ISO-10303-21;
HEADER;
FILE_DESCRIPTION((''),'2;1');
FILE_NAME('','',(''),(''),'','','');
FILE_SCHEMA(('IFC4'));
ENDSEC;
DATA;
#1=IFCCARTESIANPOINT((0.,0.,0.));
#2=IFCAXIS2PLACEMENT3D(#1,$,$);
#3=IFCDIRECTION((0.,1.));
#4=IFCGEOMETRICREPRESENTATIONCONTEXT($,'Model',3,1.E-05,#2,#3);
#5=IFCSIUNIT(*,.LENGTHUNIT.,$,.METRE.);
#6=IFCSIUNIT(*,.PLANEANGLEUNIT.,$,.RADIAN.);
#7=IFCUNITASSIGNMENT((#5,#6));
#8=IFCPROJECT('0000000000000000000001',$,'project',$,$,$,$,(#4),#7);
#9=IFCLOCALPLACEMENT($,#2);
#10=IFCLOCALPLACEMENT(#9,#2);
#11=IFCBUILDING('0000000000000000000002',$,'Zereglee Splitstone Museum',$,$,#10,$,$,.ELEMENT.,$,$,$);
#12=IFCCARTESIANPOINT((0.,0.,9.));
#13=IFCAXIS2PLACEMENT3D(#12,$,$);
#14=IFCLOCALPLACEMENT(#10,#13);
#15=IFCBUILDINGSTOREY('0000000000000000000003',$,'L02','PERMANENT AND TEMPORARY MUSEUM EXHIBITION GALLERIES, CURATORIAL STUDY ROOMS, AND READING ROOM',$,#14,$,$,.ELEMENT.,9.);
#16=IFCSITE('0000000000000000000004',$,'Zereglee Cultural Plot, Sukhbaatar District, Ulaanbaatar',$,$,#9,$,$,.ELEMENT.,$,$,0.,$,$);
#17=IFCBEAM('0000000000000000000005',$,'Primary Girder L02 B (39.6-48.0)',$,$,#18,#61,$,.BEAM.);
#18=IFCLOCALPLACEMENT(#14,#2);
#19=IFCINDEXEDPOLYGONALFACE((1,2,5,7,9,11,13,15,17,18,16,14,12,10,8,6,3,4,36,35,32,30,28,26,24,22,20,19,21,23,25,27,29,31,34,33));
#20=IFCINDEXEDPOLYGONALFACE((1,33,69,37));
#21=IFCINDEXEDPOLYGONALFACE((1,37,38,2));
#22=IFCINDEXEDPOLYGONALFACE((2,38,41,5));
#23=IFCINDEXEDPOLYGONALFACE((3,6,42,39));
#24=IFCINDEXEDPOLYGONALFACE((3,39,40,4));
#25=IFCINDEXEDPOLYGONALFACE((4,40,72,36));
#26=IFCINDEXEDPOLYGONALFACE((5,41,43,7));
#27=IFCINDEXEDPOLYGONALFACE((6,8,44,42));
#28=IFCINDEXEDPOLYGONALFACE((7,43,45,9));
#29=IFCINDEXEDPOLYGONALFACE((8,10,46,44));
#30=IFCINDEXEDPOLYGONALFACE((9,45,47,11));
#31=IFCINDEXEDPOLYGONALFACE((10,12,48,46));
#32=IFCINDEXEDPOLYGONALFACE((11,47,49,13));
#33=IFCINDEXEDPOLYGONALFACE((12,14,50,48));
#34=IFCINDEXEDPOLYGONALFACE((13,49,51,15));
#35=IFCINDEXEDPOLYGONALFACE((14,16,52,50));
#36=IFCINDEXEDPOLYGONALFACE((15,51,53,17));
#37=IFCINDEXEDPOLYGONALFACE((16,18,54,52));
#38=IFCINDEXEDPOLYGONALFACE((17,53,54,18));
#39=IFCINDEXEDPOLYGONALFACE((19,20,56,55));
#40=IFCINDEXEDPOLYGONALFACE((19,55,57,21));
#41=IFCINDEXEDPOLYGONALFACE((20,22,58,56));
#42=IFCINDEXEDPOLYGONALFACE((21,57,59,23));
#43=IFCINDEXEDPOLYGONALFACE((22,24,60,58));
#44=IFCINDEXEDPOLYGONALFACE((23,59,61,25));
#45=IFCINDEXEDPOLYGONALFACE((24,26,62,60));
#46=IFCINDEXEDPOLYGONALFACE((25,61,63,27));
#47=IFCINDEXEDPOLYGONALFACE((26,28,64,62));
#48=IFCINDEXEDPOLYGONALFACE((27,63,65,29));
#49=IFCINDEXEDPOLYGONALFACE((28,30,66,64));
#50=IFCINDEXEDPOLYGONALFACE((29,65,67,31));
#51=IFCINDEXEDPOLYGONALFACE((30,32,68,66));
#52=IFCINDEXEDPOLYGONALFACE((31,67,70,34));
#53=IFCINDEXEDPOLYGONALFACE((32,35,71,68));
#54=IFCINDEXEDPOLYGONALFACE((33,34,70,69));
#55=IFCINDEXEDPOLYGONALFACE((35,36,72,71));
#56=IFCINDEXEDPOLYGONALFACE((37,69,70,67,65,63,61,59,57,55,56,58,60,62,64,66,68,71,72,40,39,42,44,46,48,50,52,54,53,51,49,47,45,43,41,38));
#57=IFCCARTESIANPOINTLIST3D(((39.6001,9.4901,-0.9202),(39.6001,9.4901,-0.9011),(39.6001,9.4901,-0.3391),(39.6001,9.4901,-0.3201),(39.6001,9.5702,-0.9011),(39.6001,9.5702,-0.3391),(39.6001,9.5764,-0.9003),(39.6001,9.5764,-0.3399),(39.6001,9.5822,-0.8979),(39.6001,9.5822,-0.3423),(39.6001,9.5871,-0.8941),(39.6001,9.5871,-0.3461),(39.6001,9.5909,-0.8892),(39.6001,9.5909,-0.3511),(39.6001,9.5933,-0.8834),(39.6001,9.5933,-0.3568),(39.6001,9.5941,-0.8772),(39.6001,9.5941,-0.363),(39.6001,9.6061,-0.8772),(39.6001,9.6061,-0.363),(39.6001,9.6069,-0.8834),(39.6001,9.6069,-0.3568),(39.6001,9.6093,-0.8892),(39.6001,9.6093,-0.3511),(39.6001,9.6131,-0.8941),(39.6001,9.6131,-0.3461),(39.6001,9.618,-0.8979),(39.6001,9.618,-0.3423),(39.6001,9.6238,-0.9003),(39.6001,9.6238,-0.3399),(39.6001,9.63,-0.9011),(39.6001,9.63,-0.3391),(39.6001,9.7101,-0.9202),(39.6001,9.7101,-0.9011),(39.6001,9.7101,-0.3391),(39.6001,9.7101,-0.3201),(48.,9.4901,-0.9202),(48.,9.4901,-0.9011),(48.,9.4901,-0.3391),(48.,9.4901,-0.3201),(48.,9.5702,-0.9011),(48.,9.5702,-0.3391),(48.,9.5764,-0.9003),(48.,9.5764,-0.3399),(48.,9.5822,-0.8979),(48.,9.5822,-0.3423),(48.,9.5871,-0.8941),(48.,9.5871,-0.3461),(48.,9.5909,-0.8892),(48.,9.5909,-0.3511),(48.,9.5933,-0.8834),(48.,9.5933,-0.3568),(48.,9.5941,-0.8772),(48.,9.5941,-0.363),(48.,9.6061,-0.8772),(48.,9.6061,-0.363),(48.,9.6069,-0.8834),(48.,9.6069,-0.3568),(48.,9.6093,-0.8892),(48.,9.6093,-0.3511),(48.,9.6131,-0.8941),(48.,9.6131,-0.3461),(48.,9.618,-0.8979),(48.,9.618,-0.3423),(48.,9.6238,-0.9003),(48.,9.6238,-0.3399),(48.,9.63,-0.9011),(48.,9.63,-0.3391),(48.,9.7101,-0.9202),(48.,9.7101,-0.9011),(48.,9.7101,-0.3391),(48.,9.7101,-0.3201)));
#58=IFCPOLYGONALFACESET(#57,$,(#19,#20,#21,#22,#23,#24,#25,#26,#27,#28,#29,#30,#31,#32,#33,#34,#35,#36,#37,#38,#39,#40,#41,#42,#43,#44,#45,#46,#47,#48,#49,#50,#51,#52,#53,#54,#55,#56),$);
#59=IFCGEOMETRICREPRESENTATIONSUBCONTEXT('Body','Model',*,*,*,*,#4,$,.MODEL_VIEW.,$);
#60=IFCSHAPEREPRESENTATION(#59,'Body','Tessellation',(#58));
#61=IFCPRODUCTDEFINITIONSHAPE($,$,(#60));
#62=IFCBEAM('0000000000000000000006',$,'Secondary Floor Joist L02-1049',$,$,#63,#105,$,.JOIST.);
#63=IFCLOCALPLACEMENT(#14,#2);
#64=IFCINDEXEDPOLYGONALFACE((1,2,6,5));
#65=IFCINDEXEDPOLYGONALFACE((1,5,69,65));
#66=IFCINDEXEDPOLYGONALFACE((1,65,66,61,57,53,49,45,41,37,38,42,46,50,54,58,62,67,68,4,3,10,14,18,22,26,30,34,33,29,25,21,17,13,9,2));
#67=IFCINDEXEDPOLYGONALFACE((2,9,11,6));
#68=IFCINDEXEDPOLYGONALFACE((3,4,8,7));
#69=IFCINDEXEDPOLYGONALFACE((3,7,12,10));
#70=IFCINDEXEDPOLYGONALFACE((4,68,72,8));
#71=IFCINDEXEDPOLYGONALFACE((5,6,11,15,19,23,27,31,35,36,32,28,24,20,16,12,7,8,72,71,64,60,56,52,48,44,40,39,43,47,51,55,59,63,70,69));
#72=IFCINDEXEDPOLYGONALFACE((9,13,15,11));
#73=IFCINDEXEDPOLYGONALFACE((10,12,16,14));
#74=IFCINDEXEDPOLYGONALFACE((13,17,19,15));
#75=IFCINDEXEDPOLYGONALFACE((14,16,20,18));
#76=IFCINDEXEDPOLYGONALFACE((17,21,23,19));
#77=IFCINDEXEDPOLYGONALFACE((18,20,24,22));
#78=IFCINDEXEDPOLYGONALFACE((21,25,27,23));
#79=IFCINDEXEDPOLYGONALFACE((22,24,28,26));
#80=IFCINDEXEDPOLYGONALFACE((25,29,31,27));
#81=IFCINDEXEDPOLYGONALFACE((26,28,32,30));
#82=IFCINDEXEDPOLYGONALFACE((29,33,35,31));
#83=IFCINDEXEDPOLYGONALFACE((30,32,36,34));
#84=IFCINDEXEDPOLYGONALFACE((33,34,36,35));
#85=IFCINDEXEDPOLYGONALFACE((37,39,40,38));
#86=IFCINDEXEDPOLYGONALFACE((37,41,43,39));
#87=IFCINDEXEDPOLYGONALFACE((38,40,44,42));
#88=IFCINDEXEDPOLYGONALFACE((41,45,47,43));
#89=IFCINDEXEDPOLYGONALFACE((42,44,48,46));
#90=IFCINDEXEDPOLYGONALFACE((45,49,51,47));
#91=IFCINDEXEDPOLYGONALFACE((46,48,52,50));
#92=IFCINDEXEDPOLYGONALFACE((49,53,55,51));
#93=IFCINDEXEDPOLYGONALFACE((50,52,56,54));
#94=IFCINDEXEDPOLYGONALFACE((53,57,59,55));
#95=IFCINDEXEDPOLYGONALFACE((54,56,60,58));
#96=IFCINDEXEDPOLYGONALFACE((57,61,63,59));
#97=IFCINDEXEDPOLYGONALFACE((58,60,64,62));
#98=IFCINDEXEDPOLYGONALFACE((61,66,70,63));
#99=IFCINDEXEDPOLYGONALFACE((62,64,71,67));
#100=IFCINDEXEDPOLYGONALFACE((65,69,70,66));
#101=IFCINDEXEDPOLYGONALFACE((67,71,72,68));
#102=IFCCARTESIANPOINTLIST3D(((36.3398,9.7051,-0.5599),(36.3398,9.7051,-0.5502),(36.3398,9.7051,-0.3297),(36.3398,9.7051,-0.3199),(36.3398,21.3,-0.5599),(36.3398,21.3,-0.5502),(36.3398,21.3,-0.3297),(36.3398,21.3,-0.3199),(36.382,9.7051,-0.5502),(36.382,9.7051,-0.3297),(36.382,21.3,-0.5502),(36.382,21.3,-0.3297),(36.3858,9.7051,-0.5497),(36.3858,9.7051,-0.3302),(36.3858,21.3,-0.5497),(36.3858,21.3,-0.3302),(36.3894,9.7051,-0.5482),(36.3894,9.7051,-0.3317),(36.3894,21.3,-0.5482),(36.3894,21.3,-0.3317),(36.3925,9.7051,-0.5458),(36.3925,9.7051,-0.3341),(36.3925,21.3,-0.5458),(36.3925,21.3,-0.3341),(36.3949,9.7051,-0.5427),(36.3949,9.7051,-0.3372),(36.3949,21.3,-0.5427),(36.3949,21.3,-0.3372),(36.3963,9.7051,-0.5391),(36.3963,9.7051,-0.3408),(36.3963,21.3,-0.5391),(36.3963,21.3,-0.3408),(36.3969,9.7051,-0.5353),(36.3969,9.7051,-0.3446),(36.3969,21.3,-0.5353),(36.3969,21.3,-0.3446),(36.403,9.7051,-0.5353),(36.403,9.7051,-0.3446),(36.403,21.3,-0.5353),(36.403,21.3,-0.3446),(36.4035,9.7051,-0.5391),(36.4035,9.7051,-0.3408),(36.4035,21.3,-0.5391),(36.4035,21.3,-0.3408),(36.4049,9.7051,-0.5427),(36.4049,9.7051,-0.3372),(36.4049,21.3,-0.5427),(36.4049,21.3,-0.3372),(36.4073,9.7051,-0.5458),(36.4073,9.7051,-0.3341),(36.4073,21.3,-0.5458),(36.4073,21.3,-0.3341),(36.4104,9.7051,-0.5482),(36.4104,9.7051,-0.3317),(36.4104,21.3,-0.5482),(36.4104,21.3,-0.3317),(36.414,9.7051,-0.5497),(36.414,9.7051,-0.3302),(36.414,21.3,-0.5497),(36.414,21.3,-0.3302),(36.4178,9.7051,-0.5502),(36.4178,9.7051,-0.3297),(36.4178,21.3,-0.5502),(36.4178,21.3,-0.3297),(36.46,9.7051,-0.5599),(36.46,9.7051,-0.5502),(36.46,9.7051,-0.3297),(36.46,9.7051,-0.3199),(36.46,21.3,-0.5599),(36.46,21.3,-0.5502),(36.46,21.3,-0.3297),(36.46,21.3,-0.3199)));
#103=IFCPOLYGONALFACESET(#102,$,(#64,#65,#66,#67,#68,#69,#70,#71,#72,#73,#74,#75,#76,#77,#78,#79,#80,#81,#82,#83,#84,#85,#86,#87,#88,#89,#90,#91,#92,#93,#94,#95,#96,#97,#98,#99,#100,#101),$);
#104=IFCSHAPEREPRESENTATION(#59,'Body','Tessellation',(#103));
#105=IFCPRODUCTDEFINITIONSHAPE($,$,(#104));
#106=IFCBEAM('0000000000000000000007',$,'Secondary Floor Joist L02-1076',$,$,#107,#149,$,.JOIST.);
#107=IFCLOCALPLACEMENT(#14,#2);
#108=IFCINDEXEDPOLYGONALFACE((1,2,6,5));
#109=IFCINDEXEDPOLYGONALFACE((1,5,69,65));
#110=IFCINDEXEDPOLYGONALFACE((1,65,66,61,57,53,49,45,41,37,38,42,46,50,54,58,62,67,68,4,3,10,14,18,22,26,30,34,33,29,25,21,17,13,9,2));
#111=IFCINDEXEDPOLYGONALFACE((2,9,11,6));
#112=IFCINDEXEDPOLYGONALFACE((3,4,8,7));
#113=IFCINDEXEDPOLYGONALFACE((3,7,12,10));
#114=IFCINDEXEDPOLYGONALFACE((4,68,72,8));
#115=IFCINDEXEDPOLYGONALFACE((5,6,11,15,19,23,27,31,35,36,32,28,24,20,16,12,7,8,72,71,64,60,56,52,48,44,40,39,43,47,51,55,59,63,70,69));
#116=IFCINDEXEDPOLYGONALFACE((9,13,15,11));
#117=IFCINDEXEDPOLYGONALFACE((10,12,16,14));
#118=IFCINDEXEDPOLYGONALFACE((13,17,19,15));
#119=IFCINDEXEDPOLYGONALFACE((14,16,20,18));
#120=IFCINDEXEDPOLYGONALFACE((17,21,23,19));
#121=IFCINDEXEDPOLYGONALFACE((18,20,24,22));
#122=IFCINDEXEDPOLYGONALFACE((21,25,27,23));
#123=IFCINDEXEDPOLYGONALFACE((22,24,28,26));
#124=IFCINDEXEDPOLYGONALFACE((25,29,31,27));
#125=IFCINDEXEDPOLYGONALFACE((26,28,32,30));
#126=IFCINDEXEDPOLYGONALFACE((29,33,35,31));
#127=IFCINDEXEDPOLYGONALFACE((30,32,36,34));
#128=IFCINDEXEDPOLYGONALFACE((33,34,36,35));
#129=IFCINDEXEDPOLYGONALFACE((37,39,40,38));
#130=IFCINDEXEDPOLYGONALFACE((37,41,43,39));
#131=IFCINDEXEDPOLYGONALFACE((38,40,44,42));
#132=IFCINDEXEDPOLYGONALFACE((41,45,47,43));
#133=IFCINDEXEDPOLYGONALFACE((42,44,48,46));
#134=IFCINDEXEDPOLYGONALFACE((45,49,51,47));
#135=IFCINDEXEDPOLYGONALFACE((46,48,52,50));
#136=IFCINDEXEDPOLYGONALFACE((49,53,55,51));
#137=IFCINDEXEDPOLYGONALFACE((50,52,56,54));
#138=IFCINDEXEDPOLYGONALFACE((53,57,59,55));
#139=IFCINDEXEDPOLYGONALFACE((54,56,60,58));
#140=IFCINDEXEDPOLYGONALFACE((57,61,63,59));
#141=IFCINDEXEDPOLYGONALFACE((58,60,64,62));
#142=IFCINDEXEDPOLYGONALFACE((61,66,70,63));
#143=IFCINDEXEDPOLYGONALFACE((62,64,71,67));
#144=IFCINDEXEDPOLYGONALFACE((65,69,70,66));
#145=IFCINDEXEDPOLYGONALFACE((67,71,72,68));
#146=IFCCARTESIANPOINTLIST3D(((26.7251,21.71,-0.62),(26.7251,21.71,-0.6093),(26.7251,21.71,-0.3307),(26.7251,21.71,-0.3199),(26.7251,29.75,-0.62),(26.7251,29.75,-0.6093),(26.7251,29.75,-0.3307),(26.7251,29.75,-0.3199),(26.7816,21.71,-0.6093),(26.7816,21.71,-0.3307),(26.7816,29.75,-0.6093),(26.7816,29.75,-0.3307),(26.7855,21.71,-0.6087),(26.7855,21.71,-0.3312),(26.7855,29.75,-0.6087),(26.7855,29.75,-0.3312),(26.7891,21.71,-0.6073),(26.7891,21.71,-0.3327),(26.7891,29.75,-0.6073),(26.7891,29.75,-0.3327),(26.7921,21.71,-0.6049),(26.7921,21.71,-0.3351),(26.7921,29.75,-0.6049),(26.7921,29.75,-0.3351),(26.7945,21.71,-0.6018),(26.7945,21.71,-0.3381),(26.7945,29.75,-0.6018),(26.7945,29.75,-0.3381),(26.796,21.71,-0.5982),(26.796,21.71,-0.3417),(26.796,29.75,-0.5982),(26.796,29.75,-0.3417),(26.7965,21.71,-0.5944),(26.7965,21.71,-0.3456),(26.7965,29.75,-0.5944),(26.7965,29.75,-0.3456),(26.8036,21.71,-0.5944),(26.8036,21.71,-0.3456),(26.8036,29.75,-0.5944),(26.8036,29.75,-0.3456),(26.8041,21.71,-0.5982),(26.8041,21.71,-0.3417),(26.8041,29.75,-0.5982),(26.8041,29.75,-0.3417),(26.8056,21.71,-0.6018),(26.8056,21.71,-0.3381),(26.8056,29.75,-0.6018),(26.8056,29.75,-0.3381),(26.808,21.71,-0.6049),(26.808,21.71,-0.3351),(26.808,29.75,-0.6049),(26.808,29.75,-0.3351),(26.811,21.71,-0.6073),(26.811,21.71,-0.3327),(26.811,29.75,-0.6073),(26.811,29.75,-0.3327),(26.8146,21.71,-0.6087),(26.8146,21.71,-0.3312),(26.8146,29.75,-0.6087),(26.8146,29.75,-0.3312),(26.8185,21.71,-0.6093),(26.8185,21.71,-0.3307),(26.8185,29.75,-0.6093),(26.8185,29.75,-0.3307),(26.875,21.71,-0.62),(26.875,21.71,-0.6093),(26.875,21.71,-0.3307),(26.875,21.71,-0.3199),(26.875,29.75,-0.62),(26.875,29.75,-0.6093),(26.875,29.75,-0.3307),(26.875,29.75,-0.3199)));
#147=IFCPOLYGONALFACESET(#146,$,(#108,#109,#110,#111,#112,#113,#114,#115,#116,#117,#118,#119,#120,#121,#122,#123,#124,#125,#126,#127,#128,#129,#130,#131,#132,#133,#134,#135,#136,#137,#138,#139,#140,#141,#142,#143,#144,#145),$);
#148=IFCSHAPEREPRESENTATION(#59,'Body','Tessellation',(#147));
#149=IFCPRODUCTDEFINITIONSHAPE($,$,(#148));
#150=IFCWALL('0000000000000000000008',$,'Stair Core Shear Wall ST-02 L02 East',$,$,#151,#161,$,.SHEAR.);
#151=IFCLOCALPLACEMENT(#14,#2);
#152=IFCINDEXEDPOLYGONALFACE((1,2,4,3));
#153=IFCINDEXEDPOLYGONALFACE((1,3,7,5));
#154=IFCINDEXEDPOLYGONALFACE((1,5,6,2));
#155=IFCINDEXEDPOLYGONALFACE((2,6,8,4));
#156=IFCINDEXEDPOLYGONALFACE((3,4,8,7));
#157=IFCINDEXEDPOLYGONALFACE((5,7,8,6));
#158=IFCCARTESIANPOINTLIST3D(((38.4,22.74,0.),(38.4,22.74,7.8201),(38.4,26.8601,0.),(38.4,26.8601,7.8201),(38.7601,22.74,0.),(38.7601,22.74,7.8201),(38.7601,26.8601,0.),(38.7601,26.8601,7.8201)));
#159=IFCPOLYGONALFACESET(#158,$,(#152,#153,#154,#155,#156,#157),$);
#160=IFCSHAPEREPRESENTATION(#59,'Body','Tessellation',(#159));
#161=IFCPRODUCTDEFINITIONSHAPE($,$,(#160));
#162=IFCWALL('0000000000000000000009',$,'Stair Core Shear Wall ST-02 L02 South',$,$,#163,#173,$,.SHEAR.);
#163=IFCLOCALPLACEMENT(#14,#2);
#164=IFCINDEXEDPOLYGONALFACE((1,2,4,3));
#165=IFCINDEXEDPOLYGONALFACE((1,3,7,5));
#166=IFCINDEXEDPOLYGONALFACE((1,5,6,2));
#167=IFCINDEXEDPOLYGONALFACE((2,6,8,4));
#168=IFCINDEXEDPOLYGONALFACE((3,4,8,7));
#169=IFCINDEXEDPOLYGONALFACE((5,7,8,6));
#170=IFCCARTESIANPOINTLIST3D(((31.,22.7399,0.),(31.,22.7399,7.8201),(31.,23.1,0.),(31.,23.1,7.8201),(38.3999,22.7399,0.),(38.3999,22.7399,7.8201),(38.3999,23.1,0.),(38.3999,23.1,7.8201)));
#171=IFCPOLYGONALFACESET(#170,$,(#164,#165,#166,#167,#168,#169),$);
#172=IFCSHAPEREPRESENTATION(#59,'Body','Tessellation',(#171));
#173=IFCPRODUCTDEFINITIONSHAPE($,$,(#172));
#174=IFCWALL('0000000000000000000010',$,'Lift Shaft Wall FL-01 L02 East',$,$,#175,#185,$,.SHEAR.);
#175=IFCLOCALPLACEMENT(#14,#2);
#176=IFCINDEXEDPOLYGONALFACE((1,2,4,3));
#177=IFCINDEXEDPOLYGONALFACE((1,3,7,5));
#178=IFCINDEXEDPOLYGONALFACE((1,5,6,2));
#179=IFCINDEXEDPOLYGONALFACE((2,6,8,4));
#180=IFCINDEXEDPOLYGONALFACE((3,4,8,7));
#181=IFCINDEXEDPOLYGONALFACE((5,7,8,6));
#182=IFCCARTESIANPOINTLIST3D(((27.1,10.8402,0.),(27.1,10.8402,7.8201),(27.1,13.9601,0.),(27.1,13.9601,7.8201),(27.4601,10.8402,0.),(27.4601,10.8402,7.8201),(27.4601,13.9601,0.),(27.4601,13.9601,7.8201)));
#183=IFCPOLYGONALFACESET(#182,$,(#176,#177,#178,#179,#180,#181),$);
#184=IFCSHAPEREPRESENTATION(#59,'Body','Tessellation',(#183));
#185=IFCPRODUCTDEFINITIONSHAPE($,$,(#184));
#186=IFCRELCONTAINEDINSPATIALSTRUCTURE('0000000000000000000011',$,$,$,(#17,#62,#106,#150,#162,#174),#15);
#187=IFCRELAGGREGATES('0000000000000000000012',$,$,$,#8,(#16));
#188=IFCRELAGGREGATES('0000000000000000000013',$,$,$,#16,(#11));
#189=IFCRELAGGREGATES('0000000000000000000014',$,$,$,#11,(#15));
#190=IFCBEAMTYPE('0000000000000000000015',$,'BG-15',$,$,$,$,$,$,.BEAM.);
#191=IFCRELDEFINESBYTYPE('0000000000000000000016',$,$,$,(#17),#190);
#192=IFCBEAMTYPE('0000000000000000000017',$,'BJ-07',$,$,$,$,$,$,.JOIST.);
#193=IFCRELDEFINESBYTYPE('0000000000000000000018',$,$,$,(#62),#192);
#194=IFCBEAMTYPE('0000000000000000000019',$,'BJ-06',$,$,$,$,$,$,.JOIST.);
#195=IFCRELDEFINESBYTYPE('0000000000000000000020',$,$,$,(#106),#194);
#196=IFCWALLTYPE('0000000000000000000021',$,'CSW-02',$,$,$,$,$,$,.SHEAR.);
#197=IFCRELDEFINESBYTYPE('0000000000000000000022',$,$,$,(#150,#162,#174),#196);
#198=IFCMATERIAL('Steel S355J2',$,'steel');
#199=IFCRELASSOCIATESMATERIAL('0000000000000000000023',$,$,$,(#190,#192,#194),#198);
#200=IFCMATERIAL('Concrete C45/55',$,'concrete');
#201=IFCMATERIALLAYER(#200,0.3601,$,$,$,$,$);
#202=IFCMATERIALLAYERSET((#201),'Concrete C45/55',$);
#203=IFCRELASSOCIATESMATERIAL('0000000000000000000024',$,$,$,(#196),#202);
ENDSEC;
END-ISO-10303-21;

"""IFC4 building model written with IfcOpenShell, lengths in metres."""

from ifc_helpers import new_model, si_unit, direction, frame, frame_2d, origin, origin_2d, place, context, subcontext, project, spatial, rectangle, i_section, extrude, material, layer, layer_set, material_profile, profile_set, type_object, element, save


model = new_model("IFC4")

# Units and contexts
model_context = context("Model", 3, precision=1e-05, world=origin(), true_north=direction((0.0, 1.0)))
body_context = subcontext(model_context, "Body", "Model", "MODEL_VIEW")
ifc_project = project(units=[si_unit("LENGTHUNIT", "METRE"), si_unit("PLANEANGLEUNIT", "RADIAN")], contexts=[model_context])

# Site, building, storey
site_placement = place(None, origin())
site = spatial("IfcSite", under=ifc_project, at=site_placement, Name="Zereglee Cultural Plot, Sukhbaatar District, Ulaanbaatar", CompositionType="ELEMENT", RefElevation=0.0)
building_placement = place(site_placement, origin())
building = spatial("IfcBuilding", under=site, at=building_placement, Name="Zereglee Splitstone Museum", CompositionType="ELEMENT")
storey_placement = place(building_placement, frame((0.0, 0.0, 9.0)))
storey = spatial("IfcBuildingStorey", under=building, at=storey_placement, Name="L02", Description="PERMANENT AND TEMPORARY MUSEUM EXHIBITION GALLERIES, CURATORIAL STUDY ROOMS, AND READING ROOM", CompositionType="ELEMENT", Elevation=9.0)

# Shared definitions
ifc_material_1 = material(Name="Steel S355J2", Category="steel")

# Beams
ifc_material_profile_1 = material_profile(ifc_material_1, i_section(OverallWidth=0.22, OverallDepth=0.6001, WebThickness=0.012, FlangeThickness=0.019, FilletRadius=0.0239, at=origin_2d()), Name="IPE 600")
ifc_profile_set_1 = profile_set([ifc_material_profile_1], Name="Steel S355J2")
beam_type_1 = type_object("IfcBeamType", Name="BG-15", PredefinedType="BEAM", material=ifc_profile_set_1)
beam_1_placement = place(storey_placement, frame((39.6001, 9.6001, -0.6201), z_axis=(1.0, 0.0, 0.0), x_axis=(0.0, 1.0, 0.0)))
element("IfcBeam", 1, at=beam_1_placement, inside=storey, type_object=beam_type_1, Name="Primary Girder L02 B (39.6-48.0)", PredefinedType="BEAM", context=body_context, shape_type="SweptSolid", body=[
    extrude(i_section(OverallWidth=0.22, OverallDepth=0.6001, WebThickness=0.012, FlangeThickness=0.019, FilletRadius=0.0239, at=origin_2d()), origin(), (0.0, 0.0, 1.0), 8.3999),
])
ifc_material_profile_2 = material_profile(ifc_material_1, i_section(OverallWidth=0.1201, OverallDepth=0.24, WebThickness=0.0061, FlangeThickness=0.0098, FilletRadius=0.0149, at=origin_2d()), Name="IPE 240")
ifc_profile_set_2 = profile_set([ifc_material_profile_2], Name="Steel S355J2")
beam_type_2 = type_object("IfcBeamType", Name="BJ-07", PredefinedType="JOIST", material=ifc_profile_set_2)
beam_2_placement = place(storey_placement, frame((36.3999, 9.7051, -0.4399), z_axis=(0.0, 1.0, 0.0), x_axis=(-1.0, 0.0, 0.0)))
element("IfcBeam", 2, at=beam_2_placement, inside=storey, type_object=beam_type_2, Name="Secondary Floor Joist L02-1049", PredefinedType="JOIST", context=body_context, shape_type="SweptSolid", body=[
    extrude(i_section(OverallWidth=0.1201, OverallDepth=0.24, WebThickness=0.0061, FlangeThickness=0.0098, FilletRadius=0.0149, at=origin_2d()), origin(), (0.0, 0.0, 1.0), 11.595),
])
ifc_material_profile_3 = material_profile(ifc_material_1, i_section(OverallWidth=0.1499, OverallDepth=0.3, WebThickness=0.0071, FlangeThickness=0.0107, FilletRadius=0.0149, at=origin_2d()), Name="IPE 300")
ifc_profile_set_3 = profile_set([ifc_material_profile_3], Name="Steel S355J2")
beam_type_3 = type_object("IfcBeamType", Name="BJ-06", PredefinedType="JOIST", material=ifc_profile_set_3)
beam_3_placement = place(storey_placement, frame((26.8, 21.71, -0.47), z_axis=(0.0, 1.0, 0.0), x_axis=(-1.0, 0.0, 0.0)))
element("IfcBeam", 3, at=beam_3_placement, inside=storey, type_object=beam_type_3, Name="Secondary Floor Joist L02-1076", PredefinedType="JOIST", context=body_context, shape_type="SweptSolid", body=[
    extrude(i_section(OverallWidth=0.1499, OverallDepth=0.3, WebThickness=0.0071, FlangeThickness=0.0107, FilletRadius=0.0149, at=origin_2d()), origin(), (0.0, 0.0, 1.0), 8.04),
])

# Shared definitions
ifc_material_2 = material(Name="Concrete C45/55", Category="concrete")
ifc_layer_1 = layer(ifc_material_2, 0.3601)
ifc_layer_set_1 = layer_set([ifc_layer_1], Name="Concrete C45/55")
wall_type_1 = type_object("IfcWallType", Name="CSW-02", PredefinedType="SHEAR", material=ifc_layer_set_1)

# Walls
wall_1_placement = place(storey_placement, frame((38.5801, 22.74, 0.0), z_axis=(0.0, 0.0, 1.0), x_axis=(0.0, 1.0, 0.0)))
element("IfcWall", 4, at=wall_1_placement, inside=storey, type_object=wall_type_1, Name="Stair Core Shear Wall ST-02 L02 East", PredefinedType="SHEAR", context=body_context, shape_type="SweptSolid", body=[
    extrude(rectangle(XDim=4.1201, YDim=0.3601, at=frame_2d((2.0601, 0.0))), origin(), (0.0, 0.0, 1.0), 7.8201),
])
wall_2_placement = place(storey_placement, frame((31.0, 22.9199, 0.0), z_axis=(0.0, 0.0, 1.0), x_axis=(1.0, 0.0, 0.0)))
element("IfcWall", 5, at=wall_2_placement, inside=storey, type_object=wall_type_1, Name="Stair Core Shear Wall ST-02 L02 South", PredefinedType="SHEAR", context=body_context, shape_type="SweptSolid", body=[
    extrude(rectangle(XDim=7.3999, YDim=0.3601, at=frame_2d((3.7, 0.0))), origin(), (0.0, 0.0, 1.0), 7.8201),
])
wall_3_placement = place(storey_placement, frame((27.28, 10.8401, 0.0), z_axis=(0.0, 0.0, 1.0), x_axis=(0.0, 1.0, 0.0)))
element("IfcWall", 6, at=wall_3_placement, inside=storey, type_object=wall_type_1, Name="Lift Shaft Wall FL-01 L02 East", PredefinedType="SHEAR", context=body_context, shape_type="SweptSolid", body=[
    extrude(rectangle(XDim=3.1199, YDim=0.3601, at=frame_2d((1.5601, 0.0))), origin(), (0.0, 0.0, 1.0), 7.8201),
])

save(model, "model.ifc")
